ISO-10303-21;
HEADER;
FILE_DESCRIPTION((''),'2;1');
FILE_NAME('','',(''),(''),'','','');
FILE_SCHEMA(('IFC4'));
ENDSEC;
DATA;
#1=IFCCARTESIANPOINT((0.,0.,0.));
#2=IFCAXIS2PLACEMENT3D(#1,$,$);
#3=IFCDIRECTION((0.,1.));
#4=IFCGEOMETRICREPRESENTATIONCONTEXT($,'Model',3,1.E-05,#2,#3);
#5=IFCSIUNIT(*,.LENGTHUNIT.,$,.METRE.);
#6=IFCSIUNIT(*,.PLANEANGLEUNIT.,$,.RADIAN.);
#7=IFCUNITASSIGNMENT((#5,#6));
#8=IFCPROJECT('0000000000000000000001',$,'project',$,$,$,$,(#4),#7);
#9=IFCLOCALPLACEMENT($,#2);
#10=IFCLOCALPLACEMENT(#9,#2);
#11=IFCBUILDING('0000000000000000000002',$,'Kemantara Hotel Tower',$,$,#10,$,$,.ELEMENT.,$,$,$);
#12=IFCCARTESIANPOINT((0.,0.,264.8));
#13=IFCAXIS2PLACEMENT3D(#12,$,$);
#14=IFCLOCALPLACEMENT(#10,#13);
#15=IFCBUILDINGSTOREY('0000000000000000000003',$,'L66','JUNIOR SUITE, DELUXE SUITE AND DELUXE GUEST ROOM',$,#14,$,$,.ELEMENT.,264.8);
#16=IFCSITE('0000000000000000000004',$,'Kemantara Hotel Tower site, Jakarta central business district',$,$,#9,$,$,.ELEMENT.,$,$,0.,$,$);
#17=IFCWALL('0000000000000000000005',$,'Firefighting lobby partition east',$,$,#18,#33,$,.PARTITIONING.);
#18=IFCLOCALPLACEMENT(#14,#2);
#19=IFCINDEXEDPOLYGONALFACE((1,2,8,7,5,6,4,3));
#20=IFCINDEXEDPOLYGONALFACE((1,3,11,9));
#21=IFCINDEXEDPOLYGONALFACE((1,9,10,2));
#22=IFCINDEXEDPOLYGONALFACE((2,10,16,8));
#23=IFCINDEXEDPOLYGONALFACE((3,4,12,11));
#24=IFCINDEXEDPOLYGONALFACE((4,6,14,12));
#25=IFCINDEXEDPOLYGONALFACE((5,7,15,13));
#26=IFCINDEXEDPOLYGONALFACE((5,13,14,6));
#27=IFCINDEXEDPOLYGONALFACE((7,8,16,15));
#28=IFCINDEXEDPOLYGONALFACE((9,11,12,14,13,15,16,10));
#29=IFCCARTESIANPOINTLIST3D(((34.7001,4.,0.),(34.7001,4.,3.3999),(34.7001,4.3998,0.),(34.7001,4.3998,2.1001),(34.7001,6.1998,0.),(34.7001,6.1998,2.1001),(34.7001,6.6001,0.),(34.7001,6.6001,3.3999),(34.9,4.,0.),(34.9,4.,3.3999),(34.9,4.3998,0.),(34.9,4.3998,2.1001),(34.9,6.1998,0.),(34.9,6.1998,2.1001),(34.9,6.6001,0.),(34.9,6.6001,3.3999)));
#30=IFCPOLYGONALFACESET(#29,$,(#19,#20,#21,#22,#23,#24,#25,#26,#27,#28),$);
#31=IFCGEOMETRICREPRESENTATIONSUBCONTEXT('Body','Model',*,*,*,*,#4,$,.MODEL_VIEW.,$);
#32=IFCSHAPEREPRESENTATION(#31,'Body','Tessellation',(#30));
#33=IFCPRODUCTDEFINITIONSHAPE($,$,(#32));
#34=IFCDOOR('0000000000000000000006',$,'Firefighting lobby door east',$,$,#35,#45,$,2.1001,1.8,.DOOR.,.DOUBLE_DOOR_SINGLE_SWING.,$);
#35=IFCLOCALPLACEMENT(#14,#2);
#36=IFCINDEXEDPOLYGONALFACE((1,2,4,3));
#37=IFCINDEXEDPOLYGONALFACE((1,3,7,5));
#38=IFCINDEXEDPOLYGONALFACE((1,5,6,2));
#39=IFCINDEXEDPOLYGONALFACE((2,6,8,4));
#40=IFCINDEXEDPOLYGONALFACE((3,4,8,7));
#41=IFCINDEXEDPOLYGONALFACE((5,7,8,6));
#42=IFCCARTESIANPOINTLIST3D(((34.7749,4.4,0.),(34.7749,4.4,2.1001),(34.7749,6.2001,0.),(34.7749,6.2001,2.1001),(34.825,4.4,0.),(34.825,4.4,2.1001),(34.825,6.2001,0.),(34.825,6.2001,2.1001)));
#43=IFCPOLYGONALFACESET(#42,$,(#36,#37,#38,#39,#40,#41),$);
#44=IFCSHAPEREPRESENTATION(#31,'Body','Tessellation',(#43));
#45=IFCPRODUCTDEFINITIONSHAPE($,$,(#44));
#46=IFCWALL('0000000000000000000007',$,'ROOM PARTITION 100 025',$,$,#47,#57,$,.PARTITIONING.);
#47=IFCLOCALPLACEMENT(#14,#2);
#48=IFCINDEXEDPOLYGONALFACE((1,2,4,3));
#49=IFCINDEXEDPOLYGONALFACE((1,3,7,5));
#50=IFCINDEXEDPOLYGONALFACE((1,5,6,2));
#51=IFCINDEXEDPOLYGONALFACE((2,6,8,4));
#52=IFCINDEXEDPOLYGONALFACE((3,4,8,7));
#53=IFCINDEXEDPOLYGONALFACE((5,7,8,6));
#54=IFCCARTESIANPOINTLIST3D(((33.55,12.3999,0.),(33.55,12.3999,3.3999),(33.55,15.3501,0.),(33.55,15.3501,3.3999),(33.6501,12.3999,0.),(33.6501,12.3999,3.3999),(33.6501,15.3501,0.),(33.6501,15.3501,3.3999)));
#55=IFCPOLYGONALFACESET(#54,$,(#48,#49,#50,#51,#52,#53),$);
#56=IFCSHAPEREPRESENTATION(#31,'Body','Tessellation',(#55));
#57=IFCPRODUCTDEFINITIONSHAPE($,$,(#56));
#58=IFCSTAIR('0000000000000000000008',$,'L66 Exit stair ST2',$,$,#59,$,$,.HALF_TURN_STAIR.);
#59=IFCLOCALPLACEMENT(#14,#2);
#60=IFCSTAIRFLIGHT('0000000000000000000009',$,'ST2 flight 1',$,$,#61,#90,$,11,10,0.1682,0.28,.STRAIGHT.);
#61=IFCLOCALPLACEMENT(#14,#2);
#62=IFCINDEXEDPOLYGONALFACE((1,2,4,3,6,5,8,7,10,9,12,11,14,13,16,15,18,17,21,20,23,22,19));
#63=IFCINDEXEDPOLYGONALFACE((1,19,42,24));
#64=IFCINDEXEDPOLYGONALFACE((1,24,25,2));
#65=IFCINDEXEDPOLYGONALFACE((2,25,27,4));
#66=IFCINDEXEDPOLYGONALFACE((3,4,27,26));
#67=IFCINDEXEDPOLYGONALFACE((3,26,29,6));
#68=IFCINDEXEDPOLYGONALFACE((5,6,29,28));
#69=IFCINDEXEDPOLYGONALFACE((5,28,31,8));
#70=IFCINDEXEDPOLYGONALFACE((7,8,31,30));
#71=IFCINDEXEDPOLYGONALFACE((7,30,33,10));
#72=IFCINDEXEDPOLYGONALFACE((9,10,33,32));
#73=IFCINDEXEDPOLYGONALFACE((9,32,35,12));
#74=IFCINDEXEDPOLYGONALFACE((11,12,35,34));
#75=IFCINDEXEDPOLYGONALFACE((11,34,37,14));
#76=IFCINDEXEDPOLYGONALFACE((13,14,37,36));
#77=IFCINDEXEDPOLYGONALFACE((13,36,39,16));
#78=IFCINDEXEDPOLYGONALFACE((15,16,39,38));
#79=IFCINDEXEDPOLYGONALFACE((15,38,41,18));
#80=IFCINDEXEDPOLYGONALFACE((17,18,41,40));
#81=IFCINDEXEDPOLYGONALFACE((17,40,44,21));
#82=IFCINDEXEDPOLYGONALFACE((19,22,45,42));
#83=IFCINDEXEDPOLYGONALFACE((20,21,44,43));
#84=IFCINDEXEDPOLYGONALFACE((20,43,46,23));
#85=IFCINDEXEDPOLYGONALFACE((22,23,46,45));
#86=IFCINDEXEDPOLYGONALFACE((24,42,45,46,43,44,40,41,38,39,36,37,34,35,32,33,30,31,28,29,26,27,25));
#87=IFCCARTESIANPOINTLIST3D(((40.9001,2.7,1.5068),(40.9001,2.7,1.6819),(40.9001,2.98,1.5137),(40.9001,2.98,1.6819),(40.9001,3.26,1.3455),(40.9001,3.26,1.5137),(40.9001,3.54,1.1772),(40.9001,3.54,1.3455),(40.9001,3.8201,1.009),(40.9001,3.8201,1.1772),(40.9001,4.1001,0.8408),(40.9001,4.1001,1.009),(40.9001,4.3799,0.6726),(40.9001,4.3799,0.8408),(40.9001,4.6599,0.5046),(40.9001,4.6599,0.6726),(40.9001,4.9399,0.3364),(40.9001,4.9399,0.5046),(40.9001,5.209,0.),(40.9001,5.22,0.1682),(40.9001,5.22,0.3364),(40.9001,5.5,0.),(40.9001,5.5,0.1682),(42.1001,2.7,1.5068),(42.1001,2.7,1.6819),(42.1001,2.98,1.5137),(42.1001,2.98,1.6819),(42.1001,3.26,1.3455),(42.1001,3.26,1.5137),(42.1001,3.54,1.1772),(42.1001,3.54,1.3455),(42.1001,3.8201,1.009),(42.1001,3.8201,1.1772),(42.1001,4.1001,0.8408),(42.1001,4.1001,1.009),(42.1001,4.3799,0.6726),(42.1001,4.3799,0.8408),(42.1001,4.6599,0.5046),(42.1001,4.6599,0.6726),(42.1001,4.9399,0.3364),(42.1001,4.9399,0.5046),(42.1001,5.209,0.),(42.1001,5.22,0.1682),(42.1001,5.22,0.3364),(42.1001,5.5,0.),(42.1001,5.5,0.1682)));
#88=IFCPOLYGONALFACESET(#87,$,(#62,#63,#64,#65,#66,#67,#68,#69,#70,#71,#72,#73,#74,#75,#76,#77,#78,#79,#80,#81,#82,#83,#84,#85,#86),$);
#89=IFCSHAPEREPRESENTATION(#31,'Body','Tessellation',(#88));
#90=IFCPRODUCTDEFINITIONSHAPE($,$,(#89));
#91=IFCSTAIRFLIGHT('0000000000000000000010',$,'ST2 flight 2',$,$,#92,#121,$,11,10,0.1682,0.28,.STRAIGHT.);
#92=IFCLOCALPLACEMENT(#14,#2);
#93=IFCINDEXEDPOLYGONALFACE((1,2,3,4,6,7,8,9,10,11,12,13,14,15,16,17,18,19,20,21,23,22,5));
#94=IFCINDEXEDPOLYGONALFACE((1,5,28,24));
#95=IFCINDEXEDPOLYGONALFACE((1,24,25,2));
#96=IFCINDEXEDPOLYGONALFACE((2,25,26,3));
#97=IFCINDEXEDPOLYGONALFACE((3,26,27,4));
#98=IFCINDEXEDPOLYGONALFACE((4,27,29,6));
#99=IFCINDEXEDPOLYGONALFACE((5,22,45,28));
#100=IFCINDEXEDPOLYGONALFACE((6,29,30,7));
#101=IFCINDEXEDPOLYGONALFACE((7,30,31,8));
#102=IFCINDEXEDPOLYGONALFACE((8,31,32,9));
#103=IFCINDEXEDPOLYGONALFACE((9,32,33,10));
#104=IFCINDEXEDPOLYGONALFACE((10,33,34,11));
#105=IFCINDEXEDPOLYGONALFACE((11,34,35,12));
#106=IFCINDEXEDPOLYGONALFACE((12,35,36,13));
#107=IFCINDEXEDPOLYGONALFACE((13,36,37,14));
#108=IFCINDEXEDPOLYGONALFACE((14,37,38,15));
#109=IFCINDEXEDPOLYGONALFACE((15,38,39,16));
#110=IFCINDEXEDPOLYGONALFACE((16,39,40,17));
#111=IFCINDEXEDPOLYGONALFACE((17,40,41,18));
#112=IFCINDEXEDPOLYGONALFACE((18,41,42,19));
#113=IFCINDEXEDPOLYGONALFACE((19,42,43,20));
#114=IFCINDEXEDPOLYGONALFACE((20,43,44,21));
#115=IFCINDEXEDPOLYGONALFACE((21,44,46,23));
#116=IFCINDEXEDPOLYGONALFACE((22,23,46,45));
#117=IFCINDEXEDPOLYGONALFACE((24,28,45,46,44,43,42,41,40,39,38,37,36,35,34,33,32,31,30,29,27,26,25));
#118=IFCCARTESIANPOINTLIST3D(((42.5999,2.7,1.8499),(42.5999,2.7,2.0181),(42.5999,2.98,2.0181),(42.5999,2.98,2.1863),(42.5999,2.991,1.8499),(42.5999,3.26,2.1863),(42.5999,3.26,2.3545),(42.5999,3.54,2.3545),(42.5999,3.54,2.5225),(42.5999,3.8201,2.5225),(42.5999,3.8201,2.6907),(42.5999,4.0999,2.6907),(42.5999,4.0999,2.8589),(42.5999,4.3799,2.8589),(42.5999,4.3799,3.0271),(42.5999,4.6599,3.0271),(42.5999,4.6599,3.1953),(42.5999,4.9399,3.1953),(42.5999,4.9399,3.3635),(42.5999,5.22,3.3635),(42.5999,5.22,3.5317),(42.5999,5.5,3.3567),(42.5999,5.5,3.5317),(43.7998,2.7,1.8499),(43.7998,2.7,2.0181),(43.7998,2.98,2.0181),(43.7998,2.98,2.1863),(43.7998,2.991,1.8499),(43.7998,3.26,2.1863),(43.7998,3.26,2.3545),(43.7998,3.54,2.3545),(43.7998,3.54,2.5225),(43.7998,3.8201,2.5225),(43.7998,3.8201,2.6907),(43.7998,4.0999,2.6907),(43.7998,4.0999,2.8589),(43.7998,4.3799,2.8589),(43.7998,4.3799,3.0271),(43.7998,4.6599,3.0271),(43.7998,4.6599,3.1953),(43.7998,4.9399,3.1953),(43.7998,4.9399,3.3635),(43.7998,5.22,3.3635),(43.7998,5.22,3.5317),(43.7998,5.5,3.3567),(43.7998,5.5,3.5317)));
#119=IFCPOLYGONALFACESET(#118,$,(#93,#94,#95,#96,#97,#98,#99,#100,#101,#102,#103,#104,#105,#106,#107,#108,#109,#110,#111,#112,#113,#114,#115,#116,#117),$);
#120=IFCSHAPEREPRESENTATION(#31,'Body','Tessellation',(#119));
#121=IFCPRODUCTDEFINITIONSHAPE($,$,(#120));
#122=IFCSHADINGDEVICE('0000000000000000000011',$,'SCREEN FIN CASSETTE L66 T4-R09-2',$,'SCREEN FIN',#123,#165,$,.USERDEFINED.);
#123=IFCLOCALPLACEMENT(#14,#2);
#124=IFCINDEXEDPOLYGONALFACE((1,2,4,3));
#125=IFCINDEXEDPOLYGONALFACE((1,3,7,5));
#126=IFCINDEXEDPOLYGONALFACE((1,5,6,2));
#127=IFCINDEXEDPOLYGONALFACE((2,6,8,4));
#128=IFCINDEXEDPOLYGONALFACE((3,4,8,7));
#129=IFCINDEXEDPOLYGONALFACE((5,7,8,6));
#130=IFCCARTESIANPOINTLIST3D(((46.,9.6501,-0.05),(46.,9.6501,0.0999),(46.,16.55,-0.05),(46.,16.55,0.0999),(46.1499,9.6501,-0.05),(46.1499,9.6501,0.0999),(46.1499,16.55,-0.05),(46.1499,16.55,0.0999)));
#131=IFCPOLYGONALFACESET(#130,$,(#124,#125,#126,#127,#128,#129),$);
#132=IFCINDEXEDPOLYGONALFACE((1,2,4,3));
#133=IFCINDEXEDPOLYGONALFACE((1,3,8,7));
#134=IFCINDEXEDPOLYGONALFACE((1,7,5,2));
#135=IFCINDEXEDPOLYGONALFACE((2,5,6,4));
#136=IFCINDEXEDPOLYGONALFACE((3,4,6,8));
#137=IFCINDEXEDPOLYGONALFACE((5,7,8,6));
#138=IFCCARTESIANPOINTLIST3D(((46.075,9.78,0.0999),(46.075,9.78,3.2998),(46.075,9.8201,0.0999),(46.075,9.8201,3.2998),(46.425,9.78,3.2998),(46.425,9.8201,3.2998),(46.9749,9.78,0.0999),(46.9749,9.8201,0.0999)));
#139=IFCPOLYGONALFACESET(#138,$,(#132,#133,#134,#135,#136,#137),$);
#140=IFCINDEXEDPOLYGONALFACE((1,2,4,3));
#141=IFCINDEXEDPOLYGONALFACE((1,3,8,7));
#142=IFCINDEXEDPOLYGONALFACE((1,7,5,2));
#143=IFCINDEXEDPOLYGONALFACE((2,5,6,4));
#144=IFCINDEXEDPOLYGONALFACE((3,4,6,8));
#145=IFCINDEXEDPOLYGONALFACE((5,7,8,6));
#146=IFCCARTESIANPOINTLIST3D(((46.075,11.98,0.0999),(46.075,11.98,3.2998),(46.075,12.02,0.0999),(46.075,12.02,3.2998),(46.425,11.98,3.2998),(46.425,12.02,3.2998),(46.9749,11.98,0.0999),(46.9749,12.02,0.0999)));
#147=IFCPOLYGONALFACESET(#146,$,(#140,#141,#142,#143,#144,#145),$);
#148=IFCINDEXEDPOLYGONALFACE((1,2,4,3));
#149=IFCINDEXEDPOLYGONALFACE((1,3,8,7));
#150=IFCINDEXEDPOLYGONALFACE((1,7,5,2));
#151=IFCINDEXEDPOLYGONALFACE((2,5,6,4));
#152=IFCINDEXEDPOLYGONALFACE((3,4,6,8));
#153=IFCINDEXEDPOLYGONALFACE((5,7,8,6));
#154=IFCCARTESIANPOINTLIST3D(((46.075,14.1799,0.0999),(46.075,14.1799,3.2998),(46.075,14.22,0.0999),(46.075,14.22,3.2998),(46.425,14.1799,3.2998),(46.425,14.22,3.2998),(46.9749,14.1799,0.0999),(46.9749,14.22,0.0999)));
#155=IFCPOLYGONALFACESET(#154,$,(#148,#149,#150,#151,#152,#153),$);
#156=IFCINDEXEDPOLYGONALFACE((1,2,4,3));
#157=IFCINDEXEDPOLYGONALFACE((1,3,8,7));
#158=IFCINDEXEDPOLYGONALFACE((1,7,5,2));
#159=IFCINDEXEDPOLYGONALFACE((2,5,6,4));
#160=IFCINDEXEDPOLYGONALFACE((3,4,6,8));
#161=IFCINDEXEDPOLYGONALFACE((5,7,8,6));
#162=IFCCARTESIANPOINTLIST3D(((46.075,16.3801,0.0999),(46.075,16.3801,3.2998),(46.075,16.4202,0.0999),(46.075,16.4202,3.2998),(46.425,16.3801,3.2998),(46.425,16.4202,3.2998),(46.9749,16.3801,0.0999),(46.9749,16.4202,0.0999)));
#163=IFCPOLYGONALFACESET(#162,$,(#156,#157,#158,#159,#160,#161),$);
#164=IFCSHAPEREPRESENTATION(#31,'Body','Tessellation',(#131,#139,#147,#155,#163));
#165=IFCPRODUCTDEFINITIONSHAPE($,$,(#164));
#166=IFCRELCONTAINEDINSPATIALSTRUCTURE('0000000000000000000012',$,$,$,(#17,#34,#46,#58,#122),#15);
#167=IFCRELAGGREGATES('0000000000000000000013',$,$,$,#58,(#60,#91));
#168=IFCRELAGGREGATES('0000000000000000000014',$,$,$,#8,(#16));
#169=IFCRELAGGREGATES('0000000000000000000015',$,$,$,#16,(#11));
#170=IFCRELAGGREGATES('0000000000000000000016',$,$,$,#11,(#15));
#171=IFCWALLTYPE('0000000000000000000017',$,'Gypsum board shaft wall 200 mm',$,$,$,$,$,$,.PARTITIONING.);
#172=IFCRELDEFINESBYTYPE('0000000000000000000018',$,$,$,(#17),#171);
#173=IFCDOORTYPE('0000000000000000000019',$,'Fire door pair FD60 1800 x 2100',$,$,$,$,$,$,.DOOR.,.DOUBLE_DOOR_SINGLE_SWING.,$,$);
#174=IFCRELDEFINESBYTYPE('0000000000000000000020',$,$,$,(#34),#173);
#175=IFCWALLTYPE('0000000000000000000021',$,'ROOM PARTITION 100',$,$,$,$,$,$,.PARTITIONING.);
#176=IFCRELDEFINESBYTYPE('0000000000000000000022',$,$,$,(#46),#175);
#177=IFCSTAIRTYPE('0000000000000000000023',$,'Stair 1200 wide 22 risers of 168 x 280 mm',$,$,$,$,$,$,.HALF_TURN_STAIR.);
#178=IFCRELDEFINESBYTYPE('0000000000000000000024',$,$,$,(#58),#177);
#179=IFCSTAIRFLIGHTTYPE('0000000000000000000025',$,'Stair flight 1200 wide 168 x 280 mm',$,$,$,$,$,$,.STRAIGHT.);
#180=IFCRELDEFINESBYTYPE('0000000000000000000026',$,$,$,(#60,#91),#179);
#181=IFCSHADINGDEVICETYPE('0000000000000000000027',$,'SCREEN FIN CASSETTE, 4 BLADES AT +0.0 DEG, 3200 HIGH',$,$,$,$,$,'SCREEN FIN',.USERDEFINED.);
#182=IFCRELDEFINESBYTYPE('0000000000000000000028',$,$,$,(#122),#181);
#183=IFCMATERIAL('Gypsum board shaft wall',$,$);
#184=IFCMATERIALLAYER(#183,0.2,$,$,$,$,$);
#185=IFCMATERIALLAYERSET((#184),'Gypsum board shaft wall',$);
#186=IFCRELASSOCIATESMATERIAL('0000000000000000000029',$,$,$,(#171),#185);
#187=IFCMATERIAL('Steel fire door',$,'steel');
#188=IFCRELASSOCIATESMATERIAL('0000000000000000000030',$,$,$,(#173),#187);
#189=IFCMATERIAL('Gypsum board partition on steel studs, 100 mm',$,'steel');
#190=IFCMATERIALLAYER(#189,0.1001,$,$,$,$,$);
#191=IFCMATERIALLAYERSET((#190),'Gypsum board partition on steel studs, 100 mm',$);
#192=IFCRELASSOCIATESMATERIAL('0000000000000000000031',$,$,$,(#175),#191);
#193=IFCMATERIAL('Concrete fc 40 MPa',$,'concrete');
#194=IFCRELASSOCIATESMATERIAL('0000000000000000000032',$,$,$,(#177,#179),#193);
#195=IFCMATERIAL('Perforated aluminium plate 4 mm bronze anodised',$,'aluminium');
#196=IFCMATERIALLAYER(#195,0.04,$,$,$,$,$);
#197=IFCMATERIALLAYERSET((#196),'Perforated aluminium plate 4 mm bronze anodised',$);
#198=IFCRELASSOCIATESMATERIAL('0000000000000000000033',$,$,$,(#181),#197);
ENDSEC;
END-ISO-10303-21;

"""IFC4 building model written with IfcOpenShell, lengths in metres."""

from ifc_helpers import new_model, si_unit, direction, frame, frame_2d, origin, origin_2d, place, context, subcontext, project, spatial, polyline, rectangle, outline, extrude, source, transform, mapped, material, layer, layer_set, type_object, element, fill, aggregate, save


model = new_model("IFC4")

# Units and contexts
model_context = context("Model", 3, precision=1e-05, world=origin(), true_north=direction((0.0, 1.0)))
body_context = subcontext(model_context, "Body", "Model", "MODEL_VIEW")
ifc_project = project(units=[si_unit("LENGTHUNIT", "METRE"), si_unit("PLANEANGLEUNIT", "RADIAN")], contexts=[model_context])

# Site, building, storey
site_placement = place(None, origin())
site = spatial("IfcSite", under=ifc_project, at=site_placement, Name="Kemantara Hotel Tower site, Jakarta central business district", CompositionType="ELEMENT", RefElevation=0.0)
building_placement = place(site_placement, origin())
building = spatial("IfcBuilding", under=site, at=building_placement, Name="Kemantara Hotel Tower", CompositionType="ELEMENT")
storey_placement = place(building_placement, frame((0.0, 0.0, 264.8)))
storey = spatial("IfcBuildingStorey", under=building, at=storey_placement, Name="L66", Description="JUNIOR SUITE, DELUXE SUITE AND DELUXE GUEST ROOM", CompositionType="ELEMENT", Elevation=264.8)

# Shared definitions
ifc_material_1 = material(Name="Steel fire door", Category="steel")

# Wall, opening, door
ifc_material_2 = material(Name="Gypsum board shaft wall")
ifc_layer_1 = layer(ifc_material_2, 0.2)
ifc_layer_set_1 = layer_set([ifc_layer_1], Name="Gypsum board shaft wall")
wall_type_1 = type_object("IfcWallType", Name="Gypsum board shaft wall 200 mm", PredefinedType="PARTITIONING", material=ifc_layer_set_1)
wall_1_placement = place(storey_placement, frame((34.8, 4.0, 0.0), z_axis=(0.0, 0.0, 1.0), x_axis=(0.0, 1.0, 0.0)))
wall_1 = element("IfcWall", 1, at=wall_1_placement, inside=storey, type_object=wall_type_1, Name="Firefighting lobby partition east", PredefinedType="PARTITIONING", context=body_context, shape_type="SweptSolid", body=[
    extrude(rectangle(XDim=2.6001, YDim=0.2, at=frame_2d((1.3, 0.0))), origin(), (0.0, 0.0, 1.0), 3.3999),
])
opening_1_placement = place(wall_1_placement, frame((0.3999, 0.0, 0.0)))
opening_1 = element("IfcOpeningElement", 2, at=opening_1_placement, cuts=wall_1, PredefinedType="OPENING", context=body_context, shape_type="SweptSolid", body=[
    extrude(rectangle(XDim=1.8, YDim=2.1001, at=frame_2d((0.8999, 1.05))), frame((0.0, 0.1099, 0.0), z_axis=(0.0, -1.0, 0.0), x_axis=(1.0, 0.0, 0.0)), (0.0, 0.0, 1.0), 0.22),
])
door_type_1 = type_object("IfcDoorType", Name="Fire door pair FD60 1800 x 2100", OperationType="DOUBLE_DOOR_SINGLE_SWING", PredefinedType="DOOR", material=ifc_material_1)
door_1_placement = place(opening_1_placement, frame((1.8, 0.0, 0.0), z_axis=(0.0, 0.0, 1.0), x_axis=(-1.0, 0.0, 0.0)))
door_1 = element("IfcDoor", 3, at=door_1_placement, inside=storey, type_object=door_type_1, Name="Firefighting lobby door east", OperationType="DOUBLE_DOOR_SINGLE_SWING", OverallHeight=2.1001, OverallWidth=1.8, PredefinedType="DOOR", context=body_context, shape_type="SweptSolid", body=[
    extrude(rectangle(XDim=1.8, YDim=2.1001, at=frame_2d((0.8999, 1.05))), frame((0.0, 0.0249, 0.0), z_axis=(0.0, -1.0, 0.0), x_axis=(1.0, 0.0, 0.0)), (0.0, 0.0, 1.0), 0.05),
])
fill(opening_1, door_1)

# Wall
ifc_material_3 = material(Name="Gypsum board partition on steel studs, 100 mm", Category="steel")
ifc_layer_2 = layer(ifc_material_3, 0.1001)
ifc_layer_set_2 = layer_set([ifc_layer_2], Name="Gypsum board partition on steel studs, 100 mm")
wall_type_2 = type_object("IfcWallType", Name="ROOM PARTITION 100", PredefinedType="PARTITIONING", material=ifc_layer_set_2)
wall_2_placement = place(storey_placement, frame((33.6001, 12.3999, 0.0), z_axis=(0.0, 0.0, 1.0), x_axis=(0.0, 1.0, 0.0)))
element("IfcWall", 4, at=wall_2_placement, inside=storey, type_object=wall_type_2, Name="ROOM PARTITION 100 025", PredefinedType="PARTITIONING", context=body_context, shape_type="SweptSolid", body=[
    extrude(rectangle(XDim=2.9502, YDim=0.1001, at=frame_2d((1.4751, 0.0))), origin(), (0.0, 0.0, 1.0), 3.3999),
])

# Stair, stair flights
ifc_material_4 = material(Name="Concrete fc 40 MPa", Category="concrete")
stair_type = type_object("IfcStairType", Name="Stair 1200 wide 22 risers of 168 x 280 mm", PredefinedType="HALF_TURN_STAIR", material=ifc_material_4)
stair_placement = place(storey_placement, origin())
stair = element("IfcStair", 5, at=stair_placement, inside=storey, type_object=stair_type, Name="L66 Exit stair ST2", PredefinedType="HALF_TURN_STAIR")
stair_flight_type = type_object("IfcStairFlightType", Name="Stair flight 1200 wide 168 x 280 mm", PredefinedType="STRAIGHT", material=ifc_material_4)
stair_flight_1_placement = place(storey_placement, frame((41.5, 5.5, 0.0), z_axis=(0.0, 0.0, 1.0), x_axis=(0.0, -1.0, 0.0)))
stair_flight_1 = element("IfcStairFlight", 6, at=stair_flight_1_placement, type_object=stair_flight_type, Name="ST2 flight 1", NumberOfRisers=11, NumberOfTreads=10, PredefinedType="STRAIGHT", RiserHeight=0.1682, TreadLength=0.28, context=body_context, shape_type="SweptSolid", body=[
    extrude(outline(polyline([(0.0, 0.0), (0.0, 0.1682), (0.28, 0.1682), (0.28, 0.3364), (0.5601, 0.3364), (0.5601, 0.5046), (0.8401, 0.5046), (0.8401, 0.6726), (1.1201, 0.6726), (1.1201, 0.8408), (1.3999, 0.8408), (1.3999, 1.009), (1.6799, 1.009), (1.6799, 1.1772), (1.96, 1.1772), (1.96, 1.3455), (2.24, 1.3455), (2.24, 1.5137), (2.52, 1.5137), (2.52, 1.6819), (2.8, 1.6819), (2.8, 1.8501), (2.8, 1.5068), (0.291, 0.0), (0.0, 0.0)])), frame((0.0, 0.6001, 0.0), z_axis=(0.0, -1.0, 0.0), x_axis=(1.0, 0.0, 0.0)), (0.0, 0.0, 1.0), 1.2),
])
stair_flight_2_placement = place(storey_placement, frame((43.2, 2.7, 1.8499), z_axis=(0.0, 0.0, 1.0), x_axis=(0.0, 1.0, 0.0)))
stair_flight_2 = element("IfcStairFlight", 7, at=stair_flight_2_placement, type_object=stair_flight_type, Name="ST2 flight 2", NumberOfRisers=11, NumberOfTreads=10, PredefinedType="STRAIGHT", RiserHeight=0.1682, TreadLength=0.28, context=body_context, shape_type="SweptSolid", body=[
    extrude(outline(polyline([(0.0, 0.0), (0.0, 0.1682), (0.28, 0.1682), (0.28, 0.3364), (0.5601, 0.3364), (0.5601, 0.5046), (0.8401, 0.5046), (0.8401, 0.6726), (1.1201, 0.6726), (1.1201, 0.8408), (1.3999, 0.8408), (1.3999, 1.009), (1.6799, 1.009), (1.6799, 1.1772), (1.96, 1.1772), (1.96, 1.3455), (2.24, 1.3455), (2.24, 1.5137), (2.52, 1.5137), (2.52, 1.6819), (2.8, 1.6819), (2.8, 1.8501), (2.8, 1.5068), (0.291, 0.0), (0.0, 0.0)])), frame((0.0, 0.6001, 0.0), z_axis=(0.0, -1.0, 0.0), x_axis=(1.0, 0.0, 0.0)), (0.0, 0.0, 1.0), 1.2),
])
aggregate(stair, [stair_flight_1, stair_flight_2])

# Shading device
ifc_material_5 = material(Name="Perforated aluminium plate 4 mm bronze anodised", Category="aluminium")
ifc_layer_3 = layer(ifc_material_5, 0.04)
ifc_layer_set_3 = layer_set([ifc_layer_3], Name="Perforated aluminium plate 4 mm bronze anodised")
shading_device_type_1 = type_object("IfcShadingDeviceType", Name="SCREEN FIN CASSETTE, 4 BLADES AT +0.0 DEG, 3200 HIGH", ElementType="SCREEN FIN", PredefinedType="USERDEFINED", material=ifc_layer_set_3)
shared_shape_1 = source(origin(), body_context, "Body", "SweptSolid", [
    extrude(rectangle(XDim=6.8999, YDim=0.1499, at=origin_2d()), frame((3.3, -0.075, -0.1499), z_axis=(0.0, 0.0, 1.0), x_axis=(1.0, 0.0, 0.0)), (0.0, 0.0, 1.0), 0.1499),
    extrude(outline(polyline([(0.0, 0.0), (0.8999, 0.0), (0.3501, 3.2), (0.0, 3.2), (0.0, 0.0)])), frame((0.02, -0.075, 0.0), z_axis=(-1.0, 0.0, 0.0), x_axis=(0.0, -1.0, 0.0)), (0.0, 0.0, 1.0), 0.04),
    extrude(outline(polyline([(0.0, 0.0), (0.8999, 0.0), (0.3501, 3.2), (0.0, 3.2), (0.0, 0.0)])), frame((2.22, -0.075, 0.0), z_axis=(-1.0, 0.0, 0.0), x_axis=(0.0, -1.0, 0.0)), (0.0, 0.0, 1.0), 0.04),
    extrude(outline(polyline([(0.0, 0.0), (0.8999, 0.0), (0.3501, 3.2), (0.0, 3.2), (0.0, 0.0)])), frame((4.4199, -0.075, 0.0), z_axis=(-1.0, 0.0, 0.0), x_axis=(0.0, -1.0, 0.0)), (0.0, 0.0, 1.0), 0.04),
    extrude(outline(polyline([(0.0, 0.0), (0.8999, 0.0), (0.3501, 3.2), (0.0, 3.2), (0.0, 0.0)])), frame((6.6201, -0.075, 0.0), z_axis=(-1.0, 0.0, 0.0), x_axis=(0.0, -1.0, 0.0)), (0.0, 0.0, 1.0), 0.04),
])
shading_device_1_placement = place(storey_placement, frame((46.0, 9.8, 0.0999), z_axis=(0.0, 0.0, 1.0), x_axis=(0.0, 1.0, 0.0)))
element("IfcShadingDevice", 8, at=shading_device_1_placement, inside=storey, type_object=shading_device_type_1, Name="SCREEN FIN CASSETTE L66 T4-R09-2", ObjectType="SCREEN FIN", PredefinedType="USERDEFINED", context=body_context, shape_type="MappedRepresentation", body=[
    mapped(shared_shape_1, transform((0.0, 0.0, 0.0))),
])

save(model, "model.ifc")
